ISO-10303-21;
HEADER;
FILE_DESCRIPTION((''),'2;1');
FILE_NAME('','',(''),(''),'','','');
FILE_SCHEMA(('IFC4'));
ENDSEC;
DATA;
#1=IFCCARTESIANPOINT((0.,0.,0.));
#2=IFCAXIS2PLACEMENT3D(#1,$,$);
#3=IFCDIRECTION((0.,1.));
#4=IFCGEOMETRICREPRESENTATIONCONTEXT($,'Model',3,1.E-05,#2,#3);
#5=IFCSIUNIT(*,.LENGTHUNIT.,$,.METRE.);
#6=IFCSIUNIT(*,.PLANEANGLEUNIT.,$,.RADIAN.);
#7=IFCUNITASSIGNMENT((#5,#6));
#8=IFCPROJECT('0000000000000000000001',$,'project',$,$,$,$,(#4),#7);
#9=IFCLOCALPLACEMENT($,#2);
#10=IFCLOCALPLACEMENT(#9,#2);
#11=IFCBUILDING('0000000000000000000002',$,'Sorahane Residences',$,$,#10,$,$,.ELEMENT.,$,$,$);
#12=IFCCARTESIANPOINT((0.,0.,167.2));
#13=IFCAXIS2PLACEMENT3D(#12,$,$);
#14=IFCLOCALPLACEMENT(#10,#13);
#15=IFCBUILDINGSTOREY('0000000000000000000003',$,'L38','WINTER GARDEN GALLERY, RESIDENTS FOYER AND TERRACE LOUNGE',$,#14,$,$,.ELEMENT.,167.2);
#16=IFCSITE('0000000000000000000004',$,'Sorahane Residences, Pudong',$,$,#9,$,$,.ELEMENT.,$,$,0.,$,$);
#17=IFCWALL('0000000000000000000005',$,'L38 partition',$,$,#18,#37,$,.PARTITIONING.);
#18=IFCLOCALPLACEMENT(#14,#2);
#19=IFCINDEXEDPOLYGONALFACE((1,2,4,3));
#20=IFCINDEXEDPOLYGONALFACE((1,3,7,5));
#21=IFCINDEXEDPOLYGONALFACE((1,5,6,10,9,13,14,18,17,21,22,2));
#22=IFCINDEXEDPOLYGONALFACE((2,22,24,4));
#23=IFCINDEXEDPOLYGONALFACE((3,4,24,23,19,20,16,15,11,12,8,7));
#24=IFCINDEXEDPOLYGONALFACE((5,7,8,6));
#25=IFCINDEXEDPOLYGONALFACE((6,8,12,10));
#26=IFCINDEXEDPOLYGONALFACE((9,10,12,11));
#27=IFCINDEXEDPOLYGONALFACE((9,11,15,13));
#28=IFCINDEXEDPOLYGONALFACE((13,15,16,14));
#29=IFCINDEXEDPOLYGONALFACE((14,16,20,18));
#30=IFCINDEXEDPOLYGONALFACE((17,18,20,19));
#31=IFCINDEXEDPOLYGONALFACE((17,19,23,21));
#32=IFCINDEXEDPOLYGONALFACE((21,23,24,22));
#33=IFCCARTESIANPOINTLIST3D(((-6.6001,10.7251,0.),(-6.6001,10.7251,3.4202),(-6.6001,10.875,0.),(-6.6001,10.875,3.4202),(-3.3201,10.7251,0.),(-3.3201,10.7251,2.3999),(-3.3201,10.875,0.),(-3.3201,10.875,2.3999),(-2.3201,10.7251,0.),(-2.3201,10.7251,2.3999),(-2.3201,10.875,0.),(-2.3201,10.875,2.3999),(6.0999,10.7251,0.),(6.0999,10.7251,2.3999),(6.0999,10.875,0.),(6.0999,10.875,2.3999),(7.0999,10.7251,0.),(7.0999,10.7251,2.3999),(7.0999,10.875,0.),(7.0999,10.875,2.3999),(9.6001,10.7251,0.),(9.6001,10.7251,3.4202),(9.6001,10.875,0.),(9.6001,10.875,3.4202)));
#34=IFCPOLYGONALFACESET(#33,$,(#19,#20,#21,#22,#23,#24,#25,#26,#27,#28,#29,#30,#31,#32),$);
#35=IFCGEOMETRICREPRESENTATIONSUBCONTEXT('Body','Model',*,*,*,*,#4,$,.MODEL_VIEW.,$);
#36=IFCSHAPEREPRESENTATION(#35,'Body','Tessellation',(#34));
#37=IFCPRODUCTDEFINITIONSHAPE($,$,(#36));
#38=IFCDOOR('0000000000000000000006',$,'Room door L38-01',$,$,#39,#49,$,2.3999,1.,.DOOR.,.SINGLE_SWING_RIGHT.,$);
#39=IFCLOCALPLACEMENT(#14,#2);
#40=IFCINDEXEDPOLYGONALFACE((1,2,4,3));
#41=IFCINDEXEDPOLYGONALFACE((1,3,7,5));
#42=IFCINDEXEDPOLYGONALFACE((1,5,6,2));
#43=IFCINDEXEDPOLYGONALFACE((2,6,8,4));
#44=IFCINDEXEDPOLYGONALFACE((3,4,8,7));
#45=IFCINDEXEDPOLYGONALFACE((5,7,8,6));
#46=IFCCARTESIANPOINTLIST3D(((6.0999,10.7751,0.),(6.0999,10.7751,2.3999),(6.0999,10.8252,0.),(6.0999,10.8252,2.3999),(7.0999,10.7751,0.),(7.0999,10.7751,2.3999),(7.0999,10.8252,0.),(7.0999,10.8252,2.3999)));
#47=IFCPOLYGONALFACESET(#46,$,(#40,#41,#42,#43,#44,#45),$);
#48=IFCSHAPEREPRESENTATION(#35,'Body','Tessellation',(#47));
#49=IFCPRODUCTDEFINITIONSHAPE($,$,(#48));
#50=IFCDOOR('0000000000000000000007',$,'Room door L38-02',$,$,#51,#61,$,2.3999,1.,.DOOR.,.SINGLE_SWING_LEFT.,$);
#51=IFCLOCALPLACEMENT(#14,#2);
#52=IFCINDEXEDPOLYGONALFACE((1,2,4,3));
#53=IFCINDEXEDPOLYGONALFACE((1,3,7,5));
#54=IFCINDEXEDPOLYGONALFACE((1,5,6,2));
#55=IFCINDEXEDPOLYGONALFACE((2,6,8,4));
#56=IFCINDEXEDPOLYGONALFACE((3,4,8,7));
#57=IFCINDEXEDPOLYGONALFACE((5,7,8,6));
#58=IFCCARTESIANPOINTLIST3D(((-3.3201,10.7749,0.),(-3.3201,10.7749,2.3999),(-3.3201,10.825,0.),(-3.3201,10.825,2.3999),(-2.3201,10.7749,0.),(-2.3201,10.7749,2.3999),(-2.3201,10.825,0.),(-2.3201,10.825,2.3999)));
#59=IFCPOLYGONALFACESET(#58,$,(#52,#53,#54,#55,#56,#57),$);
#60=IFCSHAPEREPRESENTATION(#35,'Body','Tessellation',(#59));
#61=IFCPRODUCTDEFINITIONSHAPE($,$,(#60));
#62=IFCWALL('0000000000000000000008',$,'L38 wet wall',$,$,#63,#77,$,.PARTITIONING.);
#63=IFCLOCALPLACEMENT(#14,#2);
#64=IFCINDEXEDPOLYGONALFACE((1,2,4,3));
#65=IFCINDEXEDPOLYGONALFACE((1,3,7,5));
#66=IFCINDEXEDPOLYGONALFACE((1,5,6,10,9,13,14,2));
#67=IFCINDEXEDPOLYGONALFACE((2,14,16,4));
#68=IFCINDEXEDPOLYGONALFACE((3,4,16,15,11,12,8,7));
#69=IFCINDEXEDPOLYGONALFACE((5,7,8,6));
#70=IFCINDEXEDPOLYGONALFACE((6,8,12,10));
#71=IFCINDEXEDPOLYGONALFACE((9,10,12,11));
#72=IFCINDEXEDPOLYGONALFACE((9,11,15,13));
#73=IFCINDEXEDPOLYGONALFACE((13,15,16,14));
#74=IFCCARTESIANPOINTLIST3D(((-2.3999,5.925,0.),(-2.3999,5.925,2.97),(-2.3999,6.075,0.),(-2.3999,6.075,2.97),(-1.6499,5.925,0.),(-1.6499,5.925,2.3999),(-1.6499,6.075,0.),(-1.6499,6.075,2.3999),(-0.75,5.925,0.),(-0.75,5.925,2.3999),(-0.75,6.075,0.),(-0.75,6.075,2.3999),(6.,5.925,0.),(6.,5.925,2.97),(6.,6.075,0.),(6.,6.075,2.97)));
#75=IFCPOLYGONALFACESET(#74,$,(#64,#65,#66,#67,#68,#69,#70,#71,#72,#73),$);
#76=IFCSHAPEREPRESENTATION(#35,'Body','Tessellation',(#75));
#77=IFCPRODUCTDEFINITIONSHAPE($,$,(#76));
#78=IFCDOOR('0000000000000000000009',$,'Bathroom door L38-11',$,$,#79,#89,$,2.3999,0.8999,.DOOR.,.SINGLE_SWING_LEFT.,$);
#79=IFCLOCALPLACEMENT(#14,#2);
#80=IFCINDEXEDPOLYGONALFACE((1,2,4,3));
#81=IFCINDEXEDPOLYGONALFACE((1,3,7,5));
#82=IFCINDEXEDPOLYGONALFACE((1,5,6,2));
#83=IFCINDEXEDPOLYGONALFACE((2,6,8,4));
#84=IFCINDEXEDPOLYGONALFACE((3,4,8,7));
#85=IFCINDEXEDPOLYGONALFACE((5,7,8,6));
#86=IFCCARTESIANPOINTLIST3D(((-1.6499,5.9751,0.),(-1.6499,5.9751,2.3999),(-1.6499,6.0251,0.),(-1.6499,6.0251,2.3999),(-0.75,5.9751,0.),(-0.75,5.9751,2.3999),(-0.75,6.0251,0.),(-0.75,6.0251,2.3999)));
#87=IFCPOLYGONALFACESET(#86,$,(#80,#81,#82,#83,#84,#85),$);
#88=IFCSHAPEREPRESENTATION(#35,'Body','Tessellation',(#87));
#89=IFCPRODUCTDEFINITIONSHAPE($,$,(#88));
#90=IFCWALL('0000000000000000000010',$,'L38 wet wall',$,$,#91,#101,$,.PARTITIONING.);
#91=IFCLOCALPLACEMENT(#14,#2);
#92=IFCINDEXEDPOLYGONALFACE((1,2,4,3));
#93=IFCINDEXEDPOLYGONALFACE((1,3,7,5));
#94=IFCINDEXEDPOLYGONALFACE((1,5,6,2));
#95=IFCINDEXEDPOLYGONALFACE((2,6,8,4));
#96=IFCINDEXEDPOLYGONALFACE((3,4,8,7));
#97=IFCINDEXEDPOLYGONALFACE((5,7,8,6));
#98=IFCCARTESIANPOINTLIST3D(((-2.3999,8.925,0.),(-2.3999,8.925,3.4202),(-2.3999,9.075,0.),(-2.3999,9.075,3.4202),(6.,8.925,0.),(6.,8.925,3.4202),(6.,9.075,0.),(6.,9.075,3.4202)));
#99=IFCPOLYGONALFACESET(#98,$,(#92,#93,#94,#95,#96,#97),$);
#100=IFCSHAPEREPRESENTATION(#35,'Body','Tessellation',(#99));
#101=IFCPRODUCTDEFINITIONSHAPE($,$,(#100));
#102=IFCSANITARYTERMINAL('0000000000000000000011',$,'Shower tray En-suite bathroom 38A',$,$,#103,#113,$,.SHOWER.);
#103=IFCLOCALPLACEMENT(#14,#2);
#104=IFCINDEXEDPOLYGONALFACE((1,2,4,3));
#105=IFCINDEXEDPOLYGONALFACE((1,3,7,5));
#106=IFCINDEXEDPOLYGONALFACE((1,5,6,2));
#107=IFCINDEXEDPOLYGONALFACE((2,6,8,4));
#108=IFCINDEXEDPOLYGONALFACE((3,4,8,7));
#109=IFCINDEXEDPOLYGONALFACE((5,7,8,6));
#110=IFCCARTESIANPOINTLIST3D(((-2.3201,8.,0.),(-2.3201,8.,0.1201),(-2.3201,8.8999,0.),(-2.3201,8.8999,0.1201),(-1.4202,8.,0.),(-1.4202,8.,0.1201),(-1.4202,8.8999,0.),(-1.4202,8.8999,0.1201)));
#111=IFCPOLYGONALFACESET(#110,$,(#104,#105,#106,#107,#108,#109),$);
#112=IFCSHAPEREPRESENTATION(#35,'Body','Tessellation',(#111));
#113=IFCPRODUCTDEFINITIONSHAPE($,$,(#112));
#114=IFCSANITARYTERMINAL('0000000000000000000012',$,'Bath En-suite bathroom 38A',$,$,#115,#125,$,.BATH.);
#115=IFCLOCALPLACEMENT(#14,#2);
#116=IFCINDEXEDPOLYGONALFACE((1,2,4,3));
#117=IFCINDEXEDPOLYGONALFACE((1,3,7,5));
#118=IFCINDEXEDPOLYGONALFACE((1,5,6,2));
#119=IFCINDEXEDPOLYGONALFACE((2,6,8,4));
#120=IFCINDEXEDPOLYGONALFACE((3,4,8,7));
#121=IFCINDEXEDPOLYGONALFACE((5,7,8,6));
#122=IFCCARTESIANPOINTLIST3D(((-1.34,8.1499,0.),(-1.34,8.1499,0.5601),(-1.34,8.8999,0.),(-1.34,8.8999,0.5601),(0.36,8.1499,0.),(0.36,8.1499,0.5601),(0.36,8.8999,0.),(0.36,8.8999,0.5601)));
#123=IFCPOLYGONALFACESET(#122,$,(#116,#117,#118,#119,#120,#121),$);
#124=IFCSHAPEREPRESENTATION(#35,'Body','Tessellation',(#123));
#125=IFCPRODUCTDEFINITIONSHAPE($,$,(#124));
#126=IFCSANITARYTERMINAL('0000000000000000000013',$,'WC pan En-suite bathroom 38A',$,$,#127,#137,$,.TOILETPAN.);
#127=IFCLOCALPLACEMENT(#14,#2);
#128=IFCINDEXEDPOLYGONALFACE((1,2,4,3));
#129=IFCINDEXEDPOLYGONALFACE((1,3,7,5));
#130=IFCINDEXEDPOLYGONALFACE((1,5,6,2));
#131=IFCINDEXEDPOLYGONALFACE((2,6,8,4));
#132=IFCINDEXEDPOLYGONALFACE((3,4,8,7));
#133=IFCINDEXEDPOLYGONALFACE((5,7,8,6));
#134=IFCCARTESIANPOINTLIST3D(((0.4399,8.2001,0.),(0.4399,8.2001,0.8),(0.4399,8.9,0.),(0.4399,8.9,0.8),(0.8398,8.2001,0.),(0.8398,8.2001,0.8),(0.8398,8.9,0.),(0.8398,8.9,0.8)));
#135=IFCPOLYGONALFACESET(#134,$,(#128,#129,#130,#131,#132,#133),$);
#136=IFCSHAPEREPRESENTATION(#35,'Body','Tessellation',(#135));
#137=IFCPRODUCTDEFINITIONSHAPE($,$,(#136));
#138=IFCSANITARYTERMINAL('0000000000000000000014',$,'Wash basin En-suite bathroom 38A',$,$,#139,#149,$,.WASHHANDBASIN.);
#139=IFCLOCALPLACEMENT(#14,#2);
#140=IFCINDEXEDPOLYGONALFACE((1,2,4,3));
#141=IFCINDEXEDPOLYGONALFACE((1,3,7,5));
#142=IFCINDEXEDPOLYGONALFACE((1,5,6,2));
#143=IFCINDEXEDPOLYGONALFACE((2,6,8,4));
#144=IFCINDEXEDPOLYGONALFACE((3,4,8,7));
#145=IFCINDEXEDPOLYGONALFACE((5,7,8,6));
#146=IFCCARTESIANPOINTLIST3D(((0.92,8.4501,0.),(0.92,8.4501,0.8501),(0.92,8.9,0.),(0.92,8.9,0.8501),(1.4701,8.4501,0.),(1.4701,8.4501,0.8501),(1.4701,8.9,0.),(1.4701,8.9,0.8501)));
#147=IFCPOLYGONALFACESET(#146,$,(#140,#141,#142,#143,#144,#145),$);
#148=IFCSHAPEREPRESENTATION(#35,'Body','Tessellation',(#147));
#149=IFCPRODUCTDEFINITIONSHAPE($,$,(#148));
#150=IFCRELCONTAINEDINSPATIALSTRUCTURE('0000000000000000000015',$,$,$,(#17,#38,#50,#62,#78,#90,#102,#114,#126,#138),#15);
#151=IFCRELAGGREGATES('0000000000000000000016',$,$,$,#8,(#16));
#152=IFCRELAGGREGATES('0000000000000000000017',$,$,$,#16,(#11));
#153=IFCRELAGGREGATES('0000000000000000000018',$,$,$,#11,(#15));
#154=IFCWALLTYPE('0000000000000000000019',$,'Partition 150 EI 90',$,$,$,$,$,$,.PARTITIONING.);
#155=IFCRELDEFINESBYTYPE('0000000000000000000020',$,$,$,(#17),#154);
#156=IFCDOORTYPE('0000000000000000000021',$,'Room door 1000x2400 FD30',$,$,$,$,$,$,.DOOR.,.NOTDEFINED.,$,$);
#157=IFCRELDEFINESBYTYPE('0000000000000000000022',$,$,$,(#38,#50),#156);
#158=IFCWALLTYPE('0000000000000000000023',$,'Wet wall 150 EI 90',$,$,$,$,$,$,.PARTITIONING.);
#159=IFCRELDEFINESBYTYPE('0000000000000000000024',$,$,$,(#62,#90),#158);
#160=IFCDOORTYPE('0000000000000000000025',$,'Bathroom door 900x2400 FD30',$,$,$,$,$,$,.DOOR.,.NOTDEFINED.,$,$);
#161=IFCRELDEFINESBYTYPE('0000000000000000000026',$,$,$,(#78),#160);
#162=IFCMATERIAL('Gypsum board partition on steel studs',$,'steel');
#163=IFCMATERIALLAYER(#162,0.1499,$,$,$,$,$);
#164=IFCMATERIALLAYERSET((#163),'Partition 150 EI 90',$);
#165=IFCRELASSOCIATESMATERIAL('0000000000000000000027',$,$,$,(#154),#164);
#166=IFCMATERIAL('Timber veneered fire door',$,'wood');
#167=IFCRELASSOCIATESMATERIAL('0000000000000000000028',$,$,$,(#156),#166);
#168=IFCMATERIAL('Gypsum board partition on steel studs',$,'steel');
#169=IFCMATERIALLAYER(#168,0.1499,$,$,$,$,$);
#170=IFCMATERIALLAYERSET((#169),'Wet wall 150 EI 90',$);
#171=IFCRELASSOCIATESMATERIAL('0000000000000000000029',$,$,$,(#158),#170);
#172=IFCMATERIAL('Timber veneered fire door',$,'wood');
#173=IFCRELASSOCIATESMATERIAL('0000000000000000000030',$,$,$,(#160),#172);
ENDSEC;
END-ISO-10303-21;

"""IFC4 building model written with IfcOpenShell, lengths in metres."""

from ifc_helpers import new_model, si_unit, direction, frame, frame_2d, origin, origin_2d, place, context, subcontext, project, spatial, rectangle, extrude, material, layer, layer_set, type_object, element, fill, save


model = new_model("IFC4")

# Units and contexts
model_context = context("Model", 3, precision=1e-05, world=origin(), true_north=direction((0.0, 1.0)))
body_context = subcontext(model_context, "Body", "Model", "MODEL_VIEW")
ifc_project = project(units=[si_unit("LENGTHUNIT", "METRE"), si_unit("PLANEANGLEUNIT", "RADIAN")], contexts=[model_context])

# Site, building, storey
site_placement = place(None, origin())
site = spatial("IfcSite", under=ifc_project, at=site_placement, Name="Sorahane Residences, Pudong", CompositionType="ELEMENT", RefElevation=0.0)
building_placement = place(site_placement, origin())
building = spatial("IfcBuilding", under=site, at=building_placement, Name="Sorahane Residences", CompositionType="ELEMENT")
storey_placement = place(building_placement, frame((0.0, 0.0, 167.2)))
storey = spatial("IfcBuildingStorey", under=building, at=storey_placement, Name="L38", Description="WINTER GARDEN GALLERY, RESIDENTS FOYER AND TERRACE LOUNGE", CompositionType="ELEMENT", Elevation=167.2)

# Wall, openings, doors
ifc_material_1 = material(Name="Gypsum board partition on steel studs", Category="steel")
ifc_layer_1 = layer(ifc_material_1, 0.1499)
ifc_layer_set_1 = layer_set([ifc_layer_1], Name="Partition 150 EI 90")
wall_type_1 = type_object("IfcWallType", Name="Partition 150 EI 90", PredefinedType="PARTITIONING", material=ifc_layer_set_1)
wall_1_placement = place(storey_placement, frame((-6.6001, 10.8, 0.0), z_axis=(0.0, 0.0, 1.0), x_axis=(1.0, 0.0, 0.0)))
wall_1 = element("IfcWall", 1, at=wall_1_placement, inside=storey, type_object=wall_type_1, Name="L38 partition", PredefinedType="PARTITIONING", context=body_context, shape_type="SweptSolid", body=[
    extrude(rectangle(XDim=16.2002, YDim=0.1499, at=frame_2d((8.1001, 0.0))), origin(), (0.0, 0.0, 1.0), 3.4202),
])
opening_1_placement = place(wall_1_placement, frame((12.7, 0.0, 0.0)))
opening_1 = element("IfcOpeningElement", 2, at=opening_1_placement, cuts=wall_1, PredefinedType="OPENING", context=body_context, shape_type="SweptSolid", body=[
    extrude(rectangle(XDim=1.0, YDim=2.3999, at=frame_2d((0.5, 1.2))), frame((0.0, 0.085, 0.0), z_axis=(0.0, -1.0, 0.0), x_axis=(1.0, 0.0, 0.0)), (0.0, 0.0, 1.0), 0.1699),
])
opening_2_placement = place(wall_1_placement, frame((3.28, 0.0, 0.0)))
opening_2 = element("IfcOpeningElement", 3, at=opening_2_placement, cuts=wall_1, PredefinedType="OPENING", context=body_context, shape_type="SweptSolid", body=[
    extrude(rectangle(XDim=1.0, YDim=2.3999, at=frame_2d((0.5, 1.2))), frame((0.0, 0.085, 0.0), z_axis=(0.0, -1.0, 0.0), x_axis=(1.0, 0.0, 0.0)), (0.0, 0.0, 1.0), 0.1699),
])
ifc_material_2 = material(Name="Timber veneered fire door", Category="wood")
door_type_1 = type_object("IfcDoorType", Name="Room door 1000x2400 FD30", OperationType="NOTDEFINED", PredefinedType="DOOR", material=ifc_material_2)
door_1_placement = place(opening_1_placement, frame((1.0, 0.0, 0.0), z_axis=(0.0, 0.0, 1.0), x_axis=(-1.0, 0.0, 0.0)))
door_1 = element("IfcDoor", 4, at=door_1_placement, inside=storey, type_object=door_type_1, Name="Room door L38-01", OperationType="SINGLE_SWING_RIGHT", OverallHeight=2.3999, OverallWidth=1.0, PredefinedType="DOOR", context=body_context, shape_type="SweptSolid", body=[
    extrude(rectangle(XDim=1.0, YDim=2.3999, at=frame_2d((0.5, 1.2))), frame((0.0, 0.0249, 0.0), z_axis=(0.0, -1.0, 0.0), x_axis=(1.0, 0.0, 0.0)), (0.0, 0.0, 1.0), 0.05),
])
fill(opening_1, door_1)
door_2_placement = place(opening_2_placement, origin())
door_2 = element("IfcDoor", 5, at=door_2_placement, inside=storey, type_object=door_type_1, Name="Room door L38-02", OperationType="SINGLE_SWING_LEFT", OverallHeight=2.3999, OverallWidth=1.0, PredefinedType="DOOR", context=body_context, shape_type="SweptSolid", body=[
    extrude(rectangle(XDim=1.0, YDim=2.3999, at=frame_2d((0.5, 1.2))), frame((0.0, 0.0249, 0.0), z_axis=(0.0, -1.0, 0.0), x_axis=(1.0, 0.0, 0.0)), (0.0, 0.0, 1.0), 0.05),
])
fill(opening_2, door_2)

# Wall, opening, door
ifc_material_3 = material(Name="Gypsum board partition on steel studs", Category="steel")
ifc_layer_2 = layer(ifc_material_3, 0.1499)
ifc_layer_set_2 = layer_set([ifc_layer_2], Name="Wet wall 150 EI 90")
wall_type_2 = type_object("IfcWallType", Name="Wet wall 150 EI 90", PredefinedType="PARTITIONING", material=ifc_layer_set_2)
wall_2_placement = place(storey_placement, frame((-2.3999, 6.0, 0.0), z_axis=(0.0, 0.0, 1.0), x_axis=(1.0, 0.0, 0.0)))
wall_2 = element("IfcWall", 6, at=wall_2_placement, inside=storey, type_object=wall_type_2, Name="L38 wet wall", PredefinedType="PARTITIONING", context=body_context, shape_type="SweptSolid", body=[
    extrude(rectangle(XDim=8.3999, YDim=0.1499, at=frame_2d((4.2, 0.0))), origin(), (0.0, 0.0, 1.0), 2.97),
])
opening_3_placement = place(wall_2_placement, frame((0.75, 0.0, 0.0)))
opening_3 = element("IfcOpeningElement", 7, at=opening_3_placement, cuts=wall_2, PredefinedType="OPENING", context=body_context, shape_type="SweptSolid", body=[
    extrude(rectangle(XDim=0.8999, YDim=2.3999, at=frame_2d((0.45, 1.2))), frame((0.0, 0.085, 0.0), z_axis=(0.0, -1.0, 0.0), x_axis=(1.0, 0.0, 0.0)), (0.0, 0.0, 1.0), 0.1699),
])
ifc_material_4 = material(Name="Timber veneered fire door", Category="wood")
door_type_2 = type_object("IfcDoorType", Name="Bathroom door 900x2400 FD30", OperationType="NOTDEFINED", PredefinedType="DOOR", material=ifc_material_4)
door_3_placement = place(opening_3_placement, frame((0.8999, 0.0, 0.0), z_axis=(0.0, 0.0, 1.0), x_axis=(-1.0, 0.0, 0.0)))
door_3 = element("IfcDoor", 8, at=door_3_placement, inside=storey, type_object=door_type_2, Name="Bathroom door L38-11", OperationType="SINGLE_SWING_LEFT", OverallHeight=2.3999, OverallWidth=0.8999, PredefinedType="DOOR", context=body_context, shape_type="SweptSolid", body=[
    extrude(rectangle(XDim=0.8999, YDim=2.3999, at=frame_2d((0.45, 1.2))), frame((0.0, 0.0249, 0.0), z_axis=(0.0, -1.0, 0.0), x_axis=(1.0, 0.0, 0.0)), (0.0, 0.0, 1.0), 0.05),
])
fill(opening_3, door_3)

# Wall
wall_3_placement = place(storey_placement, frame((-2.3999, 9.0, 0.0), z_axis=(0.0, 0.0, 1.0), x_axis=(1.0, 0.0, 0.0)))
element("IfcWall", 9, at=wall_3_placement, inside=storey, type_object=wall_type_2, Name="L38 wet wall", PredefinedType="PARTITIONING", context=body_context, shape_type="SweptSolid", body=[
    extrude(rectangle(XDim=8.3999, YDim=0.1499, at=frame_2d((4.2, 0.0))), origin(), (0.0, 0.0, 1.0), 3.4202),
])

# Sanitary terminals
sanitary_terminal_1_placement = place(storey_placement, frame((-1.8701, 8.45, 0.0), z_axis=(0.0, 0.0, 1.0), x_axis=(1.0, 0.0, 0.0)))
element("IfcSanitaryTerminal", 10, at=sanitary_terminal_1_placement, inside=storey, Name="Shower tray En-suite bathroom 38A", PredefinedType="SHOWER", context=body_context, shape_type="SweptSolid", body=[
    extrude(rectangle(XDim=0.8999, YDim=0.8999, at=origin_2d()), origin(), (0.0, 0.0, 1.0), 0.1201),
])
sanitary_terminal_2_placement = place(storey_placement, frame((-0.49, 8.5249, 0.0), z_axis=(0.0, 0.0, 1.0), x_axis=(1.0, 0.0, 0.0)))
element("IfcSanitaryTerminal", 11, at=sanitary_terminal_2_placement, inside=storey, Name="Bath En-suite bathroom 38A", PredefinedType="BATH", context=body_context, shape_type="SweptSolid", body=[
    extrude(rectangle(XDim=1.7, YDim=0.75, at=origin_2d()), origin(), (0.0, 0.0, 1.0), 0.5601),
])
sanitary_terminal_3_placement = place(storey_placement, frame((0.6399, 8.55, 0.0), z_axis=(0.0, 0.0, 1.0), x_axis=(1.0, 0.0, 0.0)))
element("IfcSanitaryTerminal", 12, at=sanitary_terminal_3_placement, inside=storey, Name="WC pan En-suite bathroom 38A", PredefinedType="TOILETPAN", context=body_context, shape_type="SweptSolid", body=[
    extrude(rectangle(XDim=0.3999, YDim=0.7, at=origin_2d()), origin(), (0.0, 0.0, 1.0), 0.8),
])
sanitary_terminal_4_placement = place(storey_placement, frame((1.1951, 8.675, 0.0), z_axis=(0.0, 0.0, 1.0), x_axis=(1.0, 0.0, 0.0)))
element("IfcSanitaryTerminal", 13, at=sanitary_terminal_4_placement, inside=storey, Name="Wash basin En-suite bathroom 38A", PredefinedType="WASHHANDBASIN", context=body_context, shape_type="SweptSolid", body=[
    extrude(rectangle(XDim=0.55, YDim=0.45, at=origin_2d()), origin(), (0.0, 0.0, 1.0), 0.8501),
])

save(model, "model.ifc")
